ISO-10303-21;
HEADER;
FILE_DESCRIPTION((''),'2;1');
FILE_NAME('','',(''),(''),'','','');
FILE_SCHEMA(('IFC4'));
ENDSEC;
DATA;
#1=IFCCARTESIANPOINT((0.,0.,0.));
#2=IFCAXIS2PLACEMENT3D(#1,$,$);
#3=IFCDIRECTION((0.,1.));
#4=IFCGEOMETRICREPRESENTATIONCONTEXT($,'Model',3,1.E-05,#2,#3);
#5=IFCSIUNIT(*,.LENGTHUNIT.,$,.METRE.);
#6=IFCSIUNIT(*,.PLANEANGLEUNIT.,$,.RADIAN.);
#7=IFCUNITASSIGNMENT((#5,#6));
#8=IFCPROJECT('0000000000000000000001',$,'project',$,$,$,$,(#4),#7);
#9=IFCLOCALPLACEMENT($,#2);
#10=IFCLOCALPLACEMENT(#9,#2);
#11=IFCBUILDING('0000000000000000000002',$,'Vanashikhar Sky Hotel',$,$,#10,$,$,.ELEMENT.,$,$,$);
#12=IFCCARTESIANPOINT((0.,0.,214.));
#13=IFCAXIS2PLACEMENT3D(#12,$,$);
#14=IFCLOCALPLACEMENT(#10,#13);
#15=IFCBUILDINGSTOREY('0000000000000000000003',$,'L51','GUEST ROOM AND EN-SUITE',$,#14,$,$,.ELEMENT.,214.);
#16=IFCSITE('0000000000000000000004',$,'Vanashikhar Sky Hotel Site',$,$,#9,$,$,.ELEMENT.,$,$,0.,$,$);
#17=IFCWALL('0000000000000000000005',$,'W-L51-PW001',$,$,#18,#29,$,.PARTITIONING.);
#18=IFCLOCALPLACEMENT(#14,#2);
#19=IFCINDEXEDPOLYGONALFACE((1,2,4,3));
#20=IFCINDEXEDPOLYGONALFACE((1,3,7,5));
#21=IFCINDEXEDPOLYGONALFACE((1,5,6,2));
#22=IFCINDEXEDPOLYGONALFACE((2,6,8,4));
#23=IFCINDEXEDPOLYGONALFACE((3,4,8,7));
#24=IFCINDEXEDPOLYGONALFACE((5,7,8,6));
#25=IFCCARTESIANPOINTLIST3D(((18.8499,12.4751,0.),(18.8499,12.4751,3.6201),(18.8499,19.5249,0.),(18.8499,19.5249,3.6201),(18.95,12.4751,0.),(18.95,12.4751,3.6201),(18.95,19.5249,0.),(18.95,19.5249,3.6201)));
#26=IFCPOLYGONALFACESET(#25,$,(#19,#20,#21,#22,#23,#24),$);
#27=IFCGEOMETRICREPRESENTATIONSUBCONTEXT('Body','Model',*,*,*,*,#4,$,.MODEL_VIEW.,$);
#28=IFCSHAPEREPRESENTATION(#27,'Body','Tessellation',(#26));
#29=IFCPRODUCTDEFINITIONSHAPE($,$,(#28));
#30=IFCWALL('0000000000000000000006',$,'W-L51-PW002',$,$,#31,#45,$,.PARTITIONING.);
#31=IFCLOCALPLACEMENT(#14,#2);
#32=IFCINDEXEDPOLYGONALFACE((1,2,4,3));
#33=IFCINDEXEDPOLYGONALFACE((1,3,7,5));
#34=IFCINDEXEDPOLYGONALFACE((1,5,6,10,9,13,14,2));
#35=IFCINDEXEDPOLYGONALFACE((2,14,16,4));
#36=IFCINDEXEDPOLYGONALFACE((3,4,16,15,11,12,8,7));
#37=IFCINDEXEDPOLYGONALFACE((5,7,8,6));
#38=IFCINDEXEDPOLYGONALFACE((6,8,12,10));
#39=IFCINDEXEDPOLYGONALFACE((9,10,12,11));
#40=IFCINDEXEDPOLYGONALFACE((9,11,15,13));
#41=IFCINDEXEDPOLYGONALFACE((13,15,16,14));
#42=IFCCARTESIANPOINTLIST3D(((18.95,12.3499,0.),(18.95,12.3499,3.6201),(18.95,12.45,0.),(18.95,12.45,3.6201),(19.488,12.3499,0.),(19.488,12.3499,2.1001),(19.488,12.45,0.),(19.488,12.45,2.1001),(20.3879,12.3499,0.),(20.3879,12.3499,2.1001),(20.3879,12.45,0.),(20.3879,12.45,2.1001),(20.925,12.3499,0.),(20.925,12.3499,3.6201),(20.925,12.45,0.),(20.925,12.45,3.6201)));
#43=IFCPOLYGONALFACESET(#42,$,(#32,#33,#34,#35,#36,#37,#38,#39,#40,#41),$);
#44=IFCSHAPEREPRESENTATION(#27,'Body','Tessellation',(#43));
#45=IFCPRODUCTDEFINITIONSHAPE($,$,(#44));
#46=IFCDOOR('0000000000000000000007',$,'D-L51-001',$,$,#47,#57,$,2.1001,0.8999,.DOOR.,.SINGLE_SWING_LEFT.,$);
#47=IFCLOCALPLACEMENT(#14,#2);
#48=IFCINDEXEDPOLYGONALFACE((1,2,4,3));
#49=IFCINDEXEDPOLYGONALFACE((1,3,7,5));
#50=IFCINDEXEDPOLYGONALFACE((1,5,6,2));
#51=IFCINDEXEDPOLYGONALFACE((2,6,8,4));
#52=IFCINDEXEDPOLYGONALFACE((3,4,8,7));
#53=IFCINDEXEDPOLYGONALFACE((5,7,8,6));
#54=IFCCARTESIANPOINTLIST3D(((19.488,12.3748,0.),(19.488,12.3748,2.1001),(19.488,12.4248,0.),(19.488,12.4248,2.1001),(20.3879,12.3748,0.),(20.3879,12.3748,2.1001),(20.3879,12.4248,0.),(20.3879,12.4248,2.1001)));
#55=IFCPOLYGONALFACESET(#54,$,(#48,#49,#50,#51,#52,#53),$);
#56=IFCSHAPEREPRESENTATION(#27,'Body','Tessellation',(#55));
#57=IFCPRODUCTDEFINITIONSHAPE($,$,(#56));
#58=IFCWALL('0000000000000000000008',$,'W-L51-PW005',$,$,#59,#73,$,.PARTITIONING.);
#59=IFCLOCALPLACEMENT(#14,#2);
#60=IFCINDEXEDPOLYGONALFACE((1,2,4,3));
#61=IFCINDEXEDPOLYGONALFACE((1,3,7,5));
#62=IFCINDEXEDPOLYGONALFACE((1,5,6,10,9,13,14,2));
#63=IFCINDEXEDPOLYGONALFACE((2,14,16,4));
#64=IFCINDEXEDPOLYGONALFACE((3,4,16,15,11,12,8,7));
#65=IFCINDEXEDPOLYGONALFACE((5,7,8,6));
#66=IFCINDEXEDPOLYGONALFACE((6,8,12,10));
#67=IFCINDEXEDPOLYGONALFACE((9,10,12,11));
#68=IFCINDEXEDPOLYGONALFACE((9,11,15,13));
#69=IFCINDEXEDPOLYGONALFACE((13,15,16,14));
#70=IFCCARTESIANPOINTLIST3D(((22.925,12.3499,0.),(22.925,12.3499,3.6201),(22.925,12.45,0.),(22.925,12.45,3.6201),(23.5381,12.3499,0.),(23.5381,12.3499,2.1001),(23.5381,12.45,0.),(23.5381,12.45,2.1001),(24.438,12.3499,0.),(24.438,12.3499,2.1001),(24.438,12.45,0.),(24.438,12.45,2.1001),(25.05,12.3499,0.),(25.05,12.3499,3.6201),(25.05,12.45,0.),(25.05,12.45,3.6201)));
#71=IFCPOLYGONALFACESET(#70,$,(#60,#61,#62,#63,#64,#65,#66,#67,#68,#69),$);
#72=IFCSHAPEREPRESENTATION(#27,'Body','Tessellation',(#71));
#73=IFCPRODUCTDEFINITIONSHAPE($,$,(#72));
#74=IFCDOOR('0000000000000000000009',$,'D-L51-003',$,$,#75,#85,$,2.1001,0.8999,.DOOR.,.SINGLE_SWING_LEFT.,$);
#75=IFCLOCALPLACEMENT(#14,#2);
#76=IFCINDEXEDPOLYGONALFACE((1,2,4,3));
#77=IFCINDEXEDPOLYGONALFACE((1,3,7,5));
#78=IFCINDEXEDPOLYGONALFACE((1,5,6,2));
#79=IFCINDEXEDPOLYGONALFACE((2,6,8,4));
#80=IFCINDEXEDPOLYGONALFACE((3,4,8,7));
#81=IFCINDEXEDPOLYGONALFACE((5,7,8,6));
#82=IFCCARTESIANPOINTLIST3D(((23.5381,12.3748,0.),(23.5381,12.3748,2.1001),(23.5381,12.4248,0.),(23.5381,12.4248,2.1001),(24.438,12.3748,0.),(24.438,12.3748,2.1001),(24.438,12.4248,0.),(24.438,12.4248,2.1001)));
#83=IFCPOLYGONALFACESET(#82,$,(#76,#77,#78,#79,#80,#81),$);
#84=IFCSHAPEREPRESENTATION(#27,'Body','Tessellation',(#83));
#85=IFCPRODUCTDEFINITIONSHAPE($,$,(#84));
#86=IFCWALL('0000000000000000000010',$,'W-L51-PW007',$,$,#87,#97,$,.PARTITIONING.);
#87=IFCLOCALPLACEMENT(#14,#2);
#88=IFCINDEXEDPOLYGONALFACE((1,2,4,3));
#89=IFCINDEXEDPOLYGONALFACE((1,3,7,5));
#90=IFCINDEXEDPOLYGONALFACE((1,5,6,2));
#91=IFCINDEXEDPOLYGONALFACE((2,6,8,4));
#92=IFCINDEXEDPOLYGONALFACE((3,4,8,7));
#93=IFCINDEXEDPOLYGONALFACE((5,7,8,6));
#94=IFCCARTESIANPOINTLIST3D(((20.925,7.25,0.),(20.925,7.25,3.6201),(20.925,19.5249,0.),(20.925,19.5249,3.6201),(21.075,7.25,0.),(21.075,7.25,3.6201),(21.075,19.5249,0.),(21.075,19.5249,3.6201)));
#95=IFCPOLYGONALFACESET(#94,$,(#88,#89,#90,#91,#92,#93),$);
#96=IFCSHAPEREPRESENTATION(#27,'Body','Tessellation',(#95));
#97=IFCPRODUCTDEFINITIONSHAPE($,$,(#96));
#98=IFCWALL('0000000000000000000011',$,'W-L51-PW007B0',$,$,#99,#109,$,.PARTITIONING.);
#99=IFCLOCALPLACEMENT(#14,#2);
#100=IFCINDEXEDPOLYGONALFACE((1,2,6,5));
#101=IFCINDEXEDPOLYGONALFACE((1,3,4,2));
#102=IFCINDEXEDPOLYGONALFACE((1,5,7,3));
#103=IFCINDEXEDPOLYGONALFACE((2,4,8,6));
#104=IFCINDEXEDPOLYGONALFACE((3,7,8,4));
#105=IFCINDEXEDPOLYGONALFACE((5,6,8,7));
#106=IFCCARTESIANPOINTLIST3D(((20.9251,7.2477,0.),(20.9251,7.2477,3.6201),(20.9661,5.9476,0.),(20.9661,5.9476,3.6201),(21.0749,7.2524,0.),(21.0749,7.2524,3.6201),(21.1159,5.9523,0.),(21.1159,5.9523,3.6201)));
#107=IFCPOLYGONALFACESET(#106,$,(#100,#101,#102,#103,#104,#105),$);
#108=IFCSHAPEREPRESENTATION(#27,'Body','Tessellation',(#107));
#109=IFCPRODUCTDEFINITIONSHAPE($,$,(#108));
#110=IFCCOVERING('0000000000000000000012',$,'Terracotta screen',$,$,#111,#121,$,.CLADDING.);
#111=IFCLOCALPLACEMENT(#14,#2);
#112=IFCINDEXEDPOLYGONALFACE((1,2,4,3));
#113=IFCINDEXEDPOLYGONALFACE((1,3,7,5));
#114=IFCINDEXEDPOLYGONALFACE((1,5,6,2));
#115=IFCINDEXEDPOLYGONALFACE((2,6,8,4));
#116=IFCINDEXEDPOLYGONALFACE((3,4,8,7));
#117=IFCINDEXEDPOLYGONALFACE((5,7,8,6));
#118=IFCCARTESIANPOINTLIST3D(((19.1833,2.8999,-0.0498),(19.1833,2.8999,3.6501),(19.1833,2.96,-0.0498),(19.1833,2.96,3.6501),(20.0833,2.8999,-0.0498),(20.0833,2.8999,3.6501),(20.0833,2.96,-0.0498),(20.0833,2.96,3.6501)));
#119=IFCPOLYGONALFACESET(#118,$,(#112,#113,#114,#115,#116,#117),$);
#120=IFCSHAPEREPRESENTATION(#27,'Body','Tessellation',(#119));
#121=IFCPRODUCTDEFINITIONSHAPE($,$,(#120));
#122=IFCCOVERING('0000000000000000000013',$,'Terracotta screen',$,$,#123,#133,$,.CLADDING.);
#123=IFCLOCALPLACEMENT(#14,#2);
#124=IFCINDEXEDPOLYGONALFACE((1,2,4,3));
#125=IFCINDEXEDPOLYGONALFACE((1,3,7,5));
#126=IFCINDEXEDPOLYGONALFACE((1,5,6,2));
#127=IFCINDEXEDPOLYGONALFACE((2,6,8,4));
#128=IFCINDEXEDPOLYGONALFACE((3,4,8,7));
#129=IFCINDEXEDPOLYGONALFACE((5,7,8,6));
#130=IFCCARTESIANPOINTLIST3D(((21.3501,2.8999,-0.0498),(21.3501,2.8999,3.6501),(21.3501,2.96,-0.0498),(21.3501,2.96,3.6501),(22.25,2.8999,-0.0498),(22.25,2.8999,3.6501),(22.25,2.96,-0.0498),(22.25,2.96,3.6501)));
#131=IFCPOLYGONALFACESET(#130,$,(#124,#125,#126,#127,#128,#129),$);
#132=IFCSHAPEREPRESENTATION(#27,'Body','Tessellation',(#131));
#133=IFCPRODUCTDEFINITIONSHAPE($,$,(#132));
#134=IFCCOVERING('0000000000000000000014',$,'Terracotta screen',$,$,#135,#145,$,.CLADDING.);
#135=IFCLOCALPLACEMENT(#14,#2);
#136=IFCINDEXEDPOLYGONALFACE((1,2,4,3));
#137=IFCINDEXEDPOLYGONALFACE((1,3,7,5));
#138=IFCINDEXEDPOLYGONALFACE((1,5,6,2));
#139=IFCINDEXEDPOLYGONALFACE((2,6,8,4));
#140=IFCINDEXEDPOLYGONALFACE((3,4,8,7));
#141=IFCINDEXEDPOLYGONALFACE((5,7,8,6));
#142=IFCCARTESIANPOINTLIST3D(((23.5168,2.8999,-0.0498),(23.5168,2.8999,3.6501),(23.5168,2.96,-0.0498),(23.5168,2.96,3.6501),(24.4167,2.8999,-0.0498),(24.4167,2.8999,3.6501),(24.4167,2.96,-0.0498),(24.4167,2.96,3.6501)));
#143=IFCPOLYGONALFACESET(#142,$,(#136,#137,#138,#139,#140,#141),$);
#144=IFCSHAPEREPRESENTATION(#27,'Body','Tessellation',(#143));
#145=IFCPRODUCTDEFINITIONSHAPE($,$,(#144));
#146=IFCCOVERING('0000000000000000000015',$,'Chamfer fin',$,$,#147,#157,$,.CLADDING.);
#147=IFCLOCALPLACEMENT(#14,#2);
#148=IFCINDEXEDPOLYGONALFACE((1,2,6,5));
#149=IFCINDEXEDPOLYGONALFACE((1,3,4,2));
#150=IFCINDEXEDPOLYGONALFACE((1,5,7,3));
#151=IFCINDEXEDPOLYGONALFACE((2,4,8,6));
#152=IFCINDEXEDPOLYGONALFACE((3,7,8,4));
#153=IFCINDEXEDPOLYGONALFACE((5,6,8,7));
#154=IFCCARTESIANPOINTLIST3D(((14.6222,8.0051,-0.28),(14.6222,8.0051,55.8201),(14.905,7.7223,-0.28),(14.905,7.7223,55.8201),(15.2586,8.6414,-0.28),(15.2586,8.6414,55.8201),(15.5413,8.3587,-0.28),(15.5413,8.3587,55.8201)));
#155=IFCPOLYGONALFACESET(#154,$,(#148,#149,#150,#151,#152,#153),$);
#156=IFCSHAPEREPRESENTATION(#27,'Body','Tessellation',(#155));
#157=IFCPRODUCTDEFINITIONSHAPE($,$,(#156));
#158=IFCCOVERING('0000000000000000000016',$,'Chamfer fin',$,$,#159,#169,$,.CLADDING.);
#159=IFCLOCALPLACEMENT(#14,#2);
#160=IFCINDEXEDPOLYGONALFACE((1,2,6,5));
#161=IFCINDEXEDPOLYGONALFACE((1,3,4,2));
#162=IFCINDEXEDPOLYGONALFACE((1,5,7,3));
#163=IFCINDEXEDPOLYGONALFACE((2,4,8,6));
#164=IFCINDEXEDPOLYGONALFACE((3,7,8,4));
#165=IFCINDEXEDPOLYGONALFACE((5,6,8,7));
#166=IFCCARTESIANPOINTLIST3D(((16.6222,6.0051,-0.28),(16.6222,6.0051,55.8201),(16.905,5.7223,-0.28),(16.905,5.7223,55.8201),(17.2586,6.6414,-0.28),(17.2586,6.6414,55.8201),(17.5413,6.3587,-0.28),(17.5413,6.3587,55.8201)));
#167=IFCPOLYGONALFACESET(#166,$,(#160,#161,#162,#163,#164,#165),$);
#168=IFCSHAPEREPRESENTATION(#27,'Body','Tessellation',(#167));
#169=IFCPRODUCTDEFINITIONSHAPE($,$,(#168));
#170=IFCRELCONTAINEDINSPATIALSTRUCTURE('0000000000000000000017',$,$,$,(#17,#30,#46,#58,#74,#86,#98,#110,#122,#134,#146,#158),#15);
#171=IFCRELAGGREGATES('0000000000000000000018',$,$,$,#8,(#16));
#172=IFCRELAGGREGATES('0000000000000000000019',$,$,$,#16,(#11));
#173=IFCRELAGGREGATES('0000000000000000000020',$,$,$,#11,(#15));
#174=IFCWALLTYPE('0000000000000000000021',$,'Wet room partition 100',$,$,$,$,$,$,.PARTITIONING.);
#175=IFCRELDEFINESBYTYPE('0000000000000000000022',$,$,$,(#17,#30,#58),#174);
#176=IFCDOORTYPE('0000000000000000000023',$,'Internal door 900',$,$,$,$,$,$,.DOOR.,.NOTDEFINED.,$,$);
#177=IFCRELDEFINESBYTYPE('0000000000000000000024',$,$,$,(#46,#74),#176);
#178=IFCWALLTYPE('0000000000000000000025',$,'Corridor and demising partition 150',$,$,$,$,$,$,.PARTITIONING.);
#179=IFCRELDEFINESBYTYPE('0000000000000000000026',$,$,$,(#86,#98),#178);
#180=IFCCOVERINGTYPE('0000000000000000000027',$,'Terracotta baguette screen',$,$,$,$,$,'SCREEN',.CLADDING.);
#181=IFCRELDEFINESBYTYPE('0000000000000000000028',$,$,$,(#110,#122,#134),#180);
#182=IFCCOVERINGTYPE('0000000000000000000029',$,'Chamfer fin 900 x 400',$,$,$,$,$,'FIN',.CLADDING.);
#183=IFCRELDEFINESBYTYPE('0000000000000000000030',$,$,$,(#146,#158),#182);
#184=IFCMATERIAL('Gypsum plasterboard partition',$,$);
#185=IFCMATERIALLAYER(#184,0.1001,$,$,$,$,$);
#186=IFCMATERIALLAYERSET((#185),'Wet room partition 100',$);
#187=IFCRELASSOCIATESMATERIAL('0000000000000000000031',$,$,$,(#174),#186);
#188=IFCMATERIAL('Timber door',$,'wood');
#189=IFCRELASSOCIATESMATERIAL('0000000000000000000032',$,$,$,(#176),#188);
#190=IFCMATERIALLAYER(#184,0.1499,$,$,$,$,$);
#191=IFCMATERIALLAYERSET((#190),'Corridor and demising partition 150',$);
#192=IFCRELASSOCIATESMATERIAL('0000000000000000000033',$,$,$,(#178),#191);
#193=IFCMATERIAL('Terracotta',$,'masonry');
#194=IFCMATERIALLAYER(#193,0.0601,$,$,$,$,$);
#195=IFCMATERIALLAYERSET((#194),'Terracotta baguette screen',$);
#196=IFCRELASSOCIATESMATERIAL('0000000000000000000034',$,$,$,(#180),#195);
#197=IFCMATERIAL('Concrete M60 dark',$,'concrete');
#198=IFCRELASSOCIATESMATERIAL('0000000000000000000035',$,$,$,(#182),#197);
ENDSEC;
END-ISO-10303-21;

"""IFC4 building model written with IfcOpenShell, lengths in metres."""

from ifc_helpers import new_model, si_unit, direction, frame, frame_2d, origin, origin_2d, place, context, subcontext, project, spatial, rectangle, extrude, source, transform, mapped, material, layer, layer_set, material_profile, profile_set, type_object, element, fill, save


model = new_model("IFC4")

# Units and contexts
model_context = context("Model", 3, precision=1e-05, world=origin(), true_north=direction((0.0, 1.0)))
body_context = subcontext(model_context, "Body", "Model", "MODEL_VIEW")
ifc_project = project(units=[si_unit("LENGTHUNIT", "METRE"), si_unit("PLANEANGLEUNIT", "RADIAN")], contexts=[model_context])

# Site, building, storey
site_placement = place(None, origin())
site = spatial("IfcSite", under=ifc_project, at=site_placement, Name="Vanashikhar Sky Hotel Site", CompositionType="ELEMENT", RefElevation=0.0)
building_placement = place(site_placement, origin())
building = spatial("IfcBuilding", under=site, at=building_placement, Name="Vanashikhar Sky Hotel", CompositionType="ELEMENT")
storey_placement = place(building_placement, frame((0.0, 0.0, 214.0)))
storey = spatial("IfcBuildingStorey", under=building, at=storey_placement, Name="L51", Description="GUEST ROOM AND EN-SUITE", CompositionType="ELEMENT", Elevation=214.0)

# Wall
ifc_material_1 = material(Name="Gypsum plasterboard partition")
ifc_layer_1 = layer(ifc_material_1, 0.1001)
ifc_layer_set_1 = layer_set([ifc_layer_1], Name="Wet room partition 100")
wall_type_1 = type_object("IfcWallType", Name="Wet room partition 100", PredefinedType="PARTITIONING", material=ifc_layer_set_1)
shared_shape_1 = source(origin(), body_context, "Body", "SweptSolid", [
    extrude(rectangle(XDim=7.0498, YDim=0.1001, at=frame_2d((3.5249, 0.0))), origin(), (0.0, 0.0, 1.0), 3.6201),
])
wall_1_placement = place(storey_placement, frame((18.8999, 12.4751, 0.0), z_axis=(0.0, 0.0, 1.0), x_axis=(0.0, 1.0, 0.0)))
element("IfcWall", 1, at=wall_1_placement, inside=storey, type_object=wall_type_1, Name="W-L51-PW001", PredefinedType="PARTITIONING", context=body_context, shape_type="MappedRepresentation", body=[
    mapped(shared_shape_1, transform((0.0, 0.0, 0.0), scale=1.0)),
])

# Walls, openings, doors
shared_shape_2 = source(origin(), body_context, "Body", "SweptSolid", [
    extrude(rectangle(XDim=1.9751, YDim=0.1001, at=frame_2d((0.9875, 0.0))), origin(), (0.0, 0.0, 1.0), 3.6201),
])
wall_2_placement = place(storey_placement, frame((18.95, 12.3999, 0.0), z_axis=(0.0, 0.0, 1.0), x_axis=(1.0, 0.0, 0.0)))
wall_2 = element("IfcWall", 2, at=wall_2_placement, inside=storey, type_object=wall_type_1, Name="W-L51-PW002", PredefinedType="PARTITIONING", context=body_context, shape_type="MappedRepresentation", body=[
    mapped(shared_shape_2, transform((0.0, 0.0, 0.0), scale=1.0)),
])
shared_shape_3 = source(origin(), body_context, "Body", "SweptSolid", [
    extrude(rectangle(XDim=0.8999, YDim=2.1001, at=frame_2d((0.45, 1.05))), frame((0.0, 0.0601, 0.0), z_axis=(0.0, -1.0, 0.0), x_axis=(1.0, 0.0, 0.0)), (0.0, 0.0, 1.0), 0.1201),
])
opening_1_placement = place(wall_2_placement, frame((0.5381, 0.0, 0.0)))
opening_1 = element("IfcOpeningElement", 3, at=opening_1_placement, cuts=wall_2, PredefinedType="OPENING", context=body_context, shape_type="MappedRepresentation", body=[
    mapped(shared_shape_3, transform((0.0, 0.0, 0.0), scale=1.0)),
])
ifc_material_2 = material(Name="Timber door", Category="wood")
door_type_1 = type_object("IfcDoorType", Name="Internal door 900", OperationType="NOTDEFINED", PredefinedType="DOOR", material=ifc_material_2)
shared_shape_4 = source(origin(), body_context, "Body", "SweptSolid", [
    extrude(rectangle(XDim=0.8999, YDim=2.1001, at=frame_2d((0.45, 1.05))), frame((0.0, 0.0249, 0.0), z_axis=(0.0, -1.0, 0.0), x_axis=(1.0, 0.0, 0.0)), (0.0, 0.0, 1.0), 0.05),
])
door_1_placement = place(opening_1_placement, origin())
door_1 = element("IfcDoor", 4, at=door_1_placement, inside=storey, type_object=door_type_1, Name="D-L51-001", OperationType="SINGLE_SWING_LEFT", OverallHeight=2.1001, OverallWidth=0.8999, PredefinedType="DOOR", context=body_context, shape_type="MappedRepresentation", body=[
    mapped(shared_shape_4, transform((0.0, 0.0, 0.0), scale=1.0)),
])
fill(opening_1, door_1)
shared_shape_5 = source(origin(), body_context, "Body", "SweptSolid", [
    extrude(rectangle(XDim=2.125, YDim=0.1001, at=frame_2d((1.0625, 0.0))), origin(), (0.0, 0.0, 1.0), 3.6201),
])
wall_3_placement = place(storey_placement, frame((22.925, 12.3999, 0.0), z_axis=(0.0, 0.0, 1.0), x_axis=(1.0, 0.0, 0.0)))
wall_3 = element("IfcWall", 5, at=wall_3_placement, inside=storey, type_object=wall_type_1, Name="W-L51-PW005", PredefinedType="PARTITIONING", context=body_context, shape_type="MappedRepresentation", body=[
    mapped(shared_shape_5, transform((0.0, 0.0, 0.0), scale=1.0)),
])
opening_2_placement = place(wall_3_placement, frame((0.613, 0.0, 0.0)))
opening_2 = element("IfcOpeningElement", 6, at=opening_2_placement, cuts=wall_3, PredefinedType="OPENING", context=body_context, shape_type="MappedRepresentation", body=[
    mapped(shared_shape_3, transform((0.0, 0.0, 0.0), scale=1.0)),
])
door_2_placement = place(opening_2_placement, origin())
door_2 = element("IfcDoor", 7, at=door_2_placement, inside=storey, type_object=door_type_1, Name="D-L51-003", OperationType="SINGLE_SWING_LEFT", OverallHeight=2.1001, OverallWidth=0.8999, PredefinedType="DOOR", context=body_context, shape_type="MappedRepresentation", body=[
    mapped(shared_shape_4, transform((0.0, 0.0, 0.0), scale=1.0)),
])
fill(opening_2, door_2)

# Walls
ifc_layer_2 = layer(ifc_material_1, 0.1499)
ifc_layer_set_2 = layer_set([ifc_layer_2], Name="Corridor and demising partition 150")
wall_type_2 = type_object("IfcWallType", Name="Corridor and demising partition 150", PredefinedType="PARTITIONING", material=ifc_layer_set_2)
shared_shape_6 = source(origin(), body_context, "Body", "SweptSolid", [
    extrude(rectangle(XDim=12.2749, YDim=0.1499, at=frame_2d((6.1375, 0.0))), origin(), (0.0, 0.0, 1.0), 3.6201),
])
wall_4_placement = place(storey_placement, frame((21.0, 7.25, 0.0), z_axis=(0.0, 0.0, 1.0), x_axis=(0.0, 1.0, 0.0)))
element("IfcWall", 8, at=wall_4_placement, inside=storey, type_object=wall_type_2, Name="W-L51-PW007", PredefinedType="PARTITIONING", context=body_context, shape_type="MappedRepresentation", body=[
    mapped(shared_shape_6, transform((0.0, 0.0, 0.0), scale=1.0)),
])
shared_shape_7 = source(origin(), body_context, "Body", "SweptSolid", [
    extrude(rectangle(XDim=1.3008, YDim=0.1499, at=frame_2d((0.6504, 0.0))), origin(), (0.0, 0.0, 1.0), 3.6201),
])
wall_5_placement = place(storey_placement, frame((21.041, 5.95, 0.0), z_axis=(0.0, 0.0, 1.0), x_axis=(-0.031534, 0.999503, 0.0)))
element("IfcWall", 9, at=wall_5_placement, inside=storey, type_object=wall_type_2, Name="W-L51-PW007B0", PredefinedType="PARTITIONING", context=body_context, shape_type="MappedRepresentation", body=[
    mapped(shared_shape_7, transform((0.0, 0.0, 0.0), scale=1.0)),
])

# Coverings
ifc_material_3 = material(Name="Terracotta", Category="masonry")
ifc_layer_3 = layer(ifc_material_3, 0.0601)
ifc_layer_set_3 = layer_set([ifc_layer_3], Name="Terracotta baguette screen")
covering_type_1 = type_object("IfcCoveringType", Name="Terracotta baguette screen", ElementType="SCREEN", PredefinedType="CLADDING", material=ifc_layer_set_3)
shared_shape_8 = source(origin(), body_context, "Body", "SweptSolid", [
    extrude(rectangle(XDim=0.8999, YDim=0.0601, at=origin_2d()), origin(), (0.0, 0.0, 1.0), 3.7),
])
for number, where, z_axis, x_axis, name in (
    (10, (19.6333, 2.9299, -0.0498), (0.0, 0.0, 1.0), (1.0, 0.0, 0.0), "Terracotta screen"),
    (11, (21.8, 2.9299, -0.0498), (0.0, 0.0, 1.0), (1.0, 0.0, 0.0), "Terracotta screen"),
    (12, (23.9668, 2.9299, -0.0498), (0.0, 0.0, 1.0), (1.0, 0.0, 0.0), "Terracotta screen"),
):
    element("IfcCovering", number, at=place(storey_placement, frame(where, z_axis=z_axis, x_axis=x_axis)), inside=storey, type_object=covering_type_1, Name=name, PredefinedType="CLADDING", context=body_context, shape_type="MappedRepresentation", body=[
        mapped(shared_shape_8, transform((0.0, 0.0, 0.0), scale=1.0)),
    ])
ifc_material_4 = material(Name="Concrete M60 dark", Category="concrete")
ifc_material_profile_1 = material_profile(ifc_material_4, rectangle(XDim=0.8999, YDim=0.3999, at=origin_2d()))
ifc_profile_set_1 = profile_set([ifc_material_profile_1], Name="Chamfer fin 900 x 400")
covering_type_2 = type_object("IfcCoveringType", Name="Chamfer fin 900 x 400", ElementType="FIN", PredefinedType="CLADDING", material=ifc_profile_set_1)
shared_shape_9 = source(origin(), body_context, "Body", "SweptSolid", [
    extrude(rectangle(XDim=0.8999, YDim=0.3999, at=origin_2d()), origin(), (0.0, 0.0, 1.0), 56.1001),
])
for number, where, z_axis, x_axis, name in (
    (13, (15.0818, 8.1819, -0.28), (0.0, 0.0, 1.0), (-0.707107, -0.707107, 0.0), "Chamfer fin"),
    (14, (17.0818, 6.1819, -0.28), (0.0, 0.0, 1.0), (-0.707107, -0.707107, 0.0), "Chamfer fin"),
):
    element("IfcCovering", number, at=place(storey_placement, frame(where, z_axis=z_axis, x_axis=x_axis)), inside=storey, type_object=covering_type_2, Name=name, PredefinedType="CLADDING", context=body_context, shape_type="MappedRepresentation", body=[
        mapped(shared_shape_9, transform((0.0, 0.0, 0.0), scale=1.0)),
    ])

save(model, "model.ifc")
